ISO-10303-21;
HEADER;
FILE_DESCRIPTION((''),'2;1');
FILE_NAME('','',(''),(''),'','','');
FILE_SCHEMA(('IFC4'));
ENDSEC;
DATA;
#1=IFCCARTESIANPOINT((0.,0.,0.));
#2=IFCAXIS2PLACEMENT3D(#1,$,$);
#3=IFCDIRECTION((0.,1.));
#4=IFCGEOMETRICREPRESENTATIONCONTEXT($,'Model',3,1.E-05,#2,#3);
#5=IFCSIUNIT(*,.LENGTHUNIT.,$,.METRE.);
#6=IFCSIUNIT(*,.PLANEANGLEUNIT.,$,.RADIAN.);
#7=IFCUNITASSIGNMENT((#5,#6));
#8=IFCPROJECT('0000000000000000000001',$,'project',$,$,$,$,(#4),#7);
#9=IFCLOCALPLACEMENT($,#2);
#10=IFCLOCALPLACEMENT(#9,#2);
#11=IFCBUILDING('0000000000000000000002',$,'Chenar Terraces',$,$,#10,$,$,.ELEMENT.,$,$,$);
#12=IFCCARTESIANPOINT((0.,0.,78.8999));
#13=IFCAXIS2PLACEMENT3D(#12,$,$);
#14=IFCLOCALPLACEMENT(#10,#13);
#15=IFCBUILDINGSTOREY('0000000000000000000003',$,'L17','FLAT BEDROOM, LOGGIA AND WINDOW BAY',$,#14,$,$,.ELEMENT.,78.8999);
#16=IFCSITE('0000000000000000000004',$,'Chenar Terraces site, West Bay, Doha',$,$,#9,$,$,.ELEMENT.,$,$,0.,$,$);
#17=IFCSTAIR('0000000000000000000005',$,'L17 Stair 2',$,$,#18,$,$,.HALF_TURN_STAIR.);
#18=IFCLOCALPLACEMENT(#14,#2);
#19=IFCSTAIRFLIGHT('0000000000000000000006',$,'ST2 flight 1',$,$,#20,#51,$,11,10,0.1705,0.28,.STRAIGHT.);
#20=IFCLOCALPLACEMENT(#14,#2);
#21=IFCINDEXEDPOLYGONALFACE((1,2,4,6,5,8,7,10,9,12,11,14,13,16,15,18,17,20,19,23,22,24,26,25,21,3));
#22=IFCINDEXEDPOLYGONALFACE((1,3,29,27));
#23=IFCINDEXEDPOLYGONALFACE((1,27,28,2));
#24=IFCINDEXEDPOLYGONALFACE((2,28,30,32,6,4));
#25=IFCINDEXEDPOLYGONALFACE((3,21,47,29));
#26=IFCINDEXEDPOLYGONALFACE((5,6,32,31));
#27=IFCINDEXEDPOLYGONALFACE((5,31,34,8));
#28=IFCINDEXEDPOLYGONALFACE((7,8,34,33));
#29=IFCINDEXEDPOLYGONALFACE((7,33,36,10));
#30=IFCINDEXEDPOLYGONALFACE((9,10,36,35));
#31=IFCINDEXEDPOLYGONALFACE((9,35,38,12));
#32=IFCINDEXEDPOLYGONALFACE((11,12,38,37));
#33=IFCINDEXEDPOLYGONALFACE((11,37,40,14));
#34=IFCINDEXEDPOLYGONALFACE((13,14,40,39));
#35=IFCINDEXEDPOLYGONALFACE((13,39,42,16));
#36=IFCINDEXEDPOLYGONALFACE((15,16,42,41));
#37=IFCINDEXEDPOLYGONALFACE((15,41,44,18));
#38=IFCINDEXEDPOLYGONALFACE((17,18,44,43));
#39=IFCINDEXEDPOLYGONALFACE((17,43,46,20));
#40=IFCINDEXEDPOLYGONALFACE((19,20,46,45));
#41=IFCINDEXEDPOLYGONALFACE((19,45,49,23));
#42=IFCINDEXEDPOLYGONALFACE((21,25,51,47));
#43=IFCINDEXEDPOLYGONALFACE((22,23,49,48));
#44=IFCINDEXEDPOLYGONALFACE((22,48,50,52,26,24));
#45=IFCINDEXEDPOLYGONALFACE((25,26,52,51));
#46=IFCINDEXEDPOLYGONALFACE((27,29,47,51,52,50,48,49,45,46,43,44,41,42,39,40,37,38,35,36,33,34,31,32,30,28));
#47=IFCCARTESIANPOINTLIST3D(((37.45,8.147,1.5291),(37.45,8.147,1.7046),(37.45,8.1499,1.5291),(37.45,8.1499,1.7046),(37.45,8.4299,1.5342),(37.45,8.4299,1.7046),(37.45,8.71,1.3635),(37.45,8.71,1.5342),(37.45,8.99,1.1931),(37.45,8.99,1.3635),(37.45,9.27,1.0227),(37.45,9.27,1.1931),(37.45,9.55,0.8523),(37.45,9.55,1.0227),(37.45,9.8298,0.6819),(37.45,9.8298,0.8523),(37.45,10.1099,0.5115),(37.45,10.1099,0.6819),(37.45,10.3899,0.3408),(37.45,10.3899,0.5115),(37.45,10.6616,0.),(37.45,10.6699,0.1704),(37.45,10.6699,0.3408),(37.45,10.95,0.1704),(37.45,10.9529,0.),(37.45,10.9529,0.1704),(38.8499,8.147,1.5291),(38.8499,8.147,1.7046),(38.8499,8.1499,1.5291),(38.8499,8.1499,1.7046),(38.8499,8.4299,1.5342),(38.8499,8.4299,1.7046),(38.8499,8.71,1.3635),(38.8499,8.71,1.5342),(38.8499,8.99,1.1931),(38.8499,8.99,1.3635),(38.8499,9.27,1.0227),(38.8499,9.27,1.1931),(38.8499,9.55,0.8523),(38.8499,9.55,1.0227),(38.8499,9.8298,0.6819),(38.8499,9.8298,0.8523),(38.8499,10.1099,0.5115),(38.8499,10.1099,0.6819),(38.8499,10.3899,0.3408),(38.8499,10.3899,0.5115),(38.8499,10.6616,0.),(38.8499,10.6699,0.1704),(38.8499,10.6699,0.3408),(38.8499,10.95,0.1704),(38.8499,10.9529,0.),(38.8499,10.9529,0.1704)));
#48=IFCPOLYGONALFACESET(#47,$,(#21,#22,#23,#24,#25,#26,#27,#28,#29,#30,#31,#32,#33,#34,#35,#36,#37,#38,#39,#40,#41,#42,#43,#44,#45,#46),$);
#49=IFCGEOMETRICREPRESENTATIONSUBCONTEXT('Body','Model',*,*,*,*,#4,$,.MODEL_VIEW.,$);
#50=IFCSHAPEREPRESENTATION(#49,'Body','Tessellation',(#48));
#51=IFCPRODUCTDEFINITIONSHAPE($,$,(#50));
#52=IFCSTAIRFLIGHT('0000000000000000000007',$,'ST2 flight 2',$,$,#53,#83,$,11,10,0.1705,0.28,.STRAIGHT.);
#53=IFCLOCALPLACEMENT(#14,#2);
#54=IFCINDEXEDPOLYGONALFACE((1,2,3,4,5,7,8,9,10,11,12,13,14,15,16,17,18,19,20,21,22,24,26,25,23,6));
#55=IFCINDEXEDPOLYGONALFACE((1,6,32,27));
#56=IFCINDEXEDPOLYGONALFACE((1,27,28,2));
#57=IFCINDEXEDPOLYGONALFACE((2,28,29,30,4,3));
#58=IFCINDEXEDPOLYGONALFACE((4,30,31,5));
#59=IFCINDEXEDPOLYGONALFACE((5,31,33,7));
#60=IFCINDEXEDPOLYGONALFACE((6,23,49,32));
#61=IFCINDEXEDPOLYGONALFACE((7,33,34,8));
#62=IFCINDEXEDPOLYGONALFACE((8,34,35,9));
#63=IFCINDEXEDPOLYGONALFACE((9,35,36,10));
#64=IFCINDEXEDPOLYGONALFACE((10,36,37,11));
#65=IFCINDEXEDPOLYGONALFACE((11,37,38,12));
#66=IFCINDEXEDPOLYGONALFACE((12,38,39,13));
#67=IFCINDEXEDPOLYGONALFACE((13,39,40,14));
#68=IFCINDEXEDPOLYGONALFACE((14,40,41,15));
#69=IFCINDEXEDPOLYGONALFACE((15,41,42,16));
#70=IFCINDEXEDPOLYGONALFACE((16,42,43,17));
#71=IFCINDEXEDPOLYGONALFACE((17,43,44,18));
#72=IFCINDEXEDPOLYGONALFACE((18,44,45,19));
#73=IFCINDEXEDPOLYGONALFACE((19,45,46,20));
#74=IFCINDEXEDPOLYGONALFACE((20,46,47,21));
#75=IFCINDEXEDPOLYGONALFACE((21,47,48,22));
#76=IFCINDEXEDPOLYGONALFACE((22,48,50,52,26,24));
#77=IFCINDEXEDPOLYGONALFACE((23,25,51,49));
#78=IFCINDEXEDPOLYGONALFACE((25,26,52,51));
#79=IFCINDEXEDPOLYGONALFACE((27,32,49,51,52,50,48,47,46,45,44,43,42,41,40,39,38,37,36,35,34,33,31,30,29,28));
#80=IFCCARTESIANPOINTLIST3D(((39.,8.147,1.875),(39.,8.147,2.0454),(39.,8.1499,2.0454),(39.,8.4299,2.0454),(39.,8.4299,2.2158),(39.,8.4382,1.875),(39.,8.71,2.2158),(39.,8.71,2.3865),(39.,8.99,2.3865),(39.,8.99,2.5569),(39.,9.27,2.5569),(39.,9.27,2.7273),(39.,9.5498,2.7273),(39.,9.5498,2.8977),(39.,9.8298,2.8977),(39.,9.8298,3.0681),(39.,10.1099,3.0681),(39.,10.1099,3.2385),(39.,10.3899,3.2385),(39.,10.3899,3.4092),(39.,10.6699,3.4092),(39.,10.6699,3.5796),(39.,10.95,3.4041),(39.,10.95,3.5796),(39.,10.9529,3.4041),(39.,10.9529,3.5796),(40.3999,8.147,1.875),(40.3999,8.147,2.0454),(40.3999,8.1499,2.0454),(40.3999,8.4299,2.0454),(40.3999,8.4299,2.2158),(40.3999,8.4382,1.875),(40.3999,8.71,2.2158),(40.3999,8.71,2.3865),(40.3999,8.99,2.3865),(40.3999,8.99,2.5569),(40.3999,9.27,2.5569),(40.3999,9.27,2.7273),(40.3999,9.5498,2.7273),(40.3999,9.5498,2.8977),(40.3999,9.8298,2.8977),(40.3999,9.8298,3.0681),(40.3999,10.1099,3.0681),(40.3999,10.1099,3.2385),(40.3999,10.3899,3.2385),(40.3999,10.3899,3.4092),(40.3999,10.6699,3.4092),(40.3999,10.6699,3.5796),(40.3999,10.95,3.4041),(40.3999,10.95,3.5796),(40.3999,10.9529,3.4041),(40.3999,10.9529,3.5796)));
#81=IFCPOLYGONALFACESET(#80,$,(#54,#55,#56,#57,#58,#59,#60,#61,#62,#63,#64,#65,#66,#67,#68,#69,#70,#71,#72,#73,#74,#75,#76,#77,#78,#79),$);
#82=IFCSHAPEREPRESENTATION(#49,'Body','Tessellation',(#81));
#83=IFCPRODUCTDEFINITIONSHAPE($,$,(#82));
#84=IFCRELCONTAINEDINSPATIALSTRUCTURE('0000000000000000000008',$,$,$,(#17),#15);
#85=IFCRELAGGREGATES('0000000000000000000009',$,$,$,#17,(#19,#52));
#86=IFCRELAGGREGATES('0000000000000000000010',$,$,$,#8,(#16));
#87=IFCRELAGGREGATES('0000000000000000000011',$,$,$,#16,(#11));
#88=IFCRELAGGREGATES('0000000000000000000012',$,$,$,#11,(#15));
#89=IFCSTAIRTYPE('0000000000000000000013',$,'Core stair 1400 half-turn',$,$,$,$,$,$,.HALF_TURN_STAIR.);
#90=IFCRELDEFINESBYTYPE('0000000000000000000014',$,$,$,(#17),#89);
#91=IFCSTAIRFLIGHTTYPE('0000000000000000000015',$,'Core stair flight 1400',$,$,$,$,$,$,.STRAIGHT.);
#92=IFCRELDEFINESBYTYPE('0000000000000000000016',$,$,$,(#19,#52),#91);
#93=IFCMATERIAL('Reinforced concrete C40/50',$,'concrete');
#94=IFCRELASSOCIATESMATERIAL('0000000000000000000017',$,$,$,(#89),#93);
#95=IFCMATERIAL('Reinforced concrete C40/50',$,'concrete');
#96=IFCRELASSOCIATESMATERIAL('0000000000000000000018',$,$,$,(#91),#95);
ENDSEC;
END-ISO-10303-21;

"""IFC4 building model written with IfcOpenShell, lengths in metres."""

from ifc_helpers import new_model, si_unit, direction, frame, origin, place, context, subcontext, project, spatial, polyline, outline, extrude, material, type_object, element, aggregate, save


model = new_model("IFC4")

# Units and contexts
model_context = context("Model", 3, precision=1e-05, world=origin(), true_north=direction((0.0, 1.0)))
body_context = subcontext(model_context, "Body", "Model", "MODEL_VIEW")
ifc_project = project(units=[si_unit("LENGTHUNIT", "METRE"), si_unit("PLANEANGLEUNIT", "RADIAN")], contexts=[model_context])

# Site, building, storey
site_placement = place(None, origin())
site = spatial("IfcSite", under=ifc_project, at=site_placement, Name="Chenar Terraces site, West Bay, Doha", CompositionType="ELEMENT", RefElevation=0.0)
building_placement = place(site_placement, origin())
building = spatial("IfcBuilding", under=site, at=building_placement, Name="Chenar Terraces", CompositionType="ELEMENT")
storey_placement = place(building_placement, frame((0.0, 0.0, 78.8999)))
storey = spatial("IfcBuildingStorey", under=building, at=storey_placement, Name="L17", Description="FLAT BEDROOM, LOGGIA AND WINDOW BAY", CompositionType="ELEMENT", Elevation=78.8999)

# Stair, stair flights
ifc_material_1 = material(Name="Reinforced concrete C40/50", Category="concrete")
stair_type = type_object("IfcStairType", Name="Core stair 1400 half-turn", PredefinedType="HALF_TURN_STAIR", material=ifc_material_1)
stair_placement = place(storey_placement, origin())
stair = element("IfcStair", 1, at=stair_placement, inside=storey, type_object=stair_type, Name="L17 Stair 2", PredefinedType="HALF_TURN_STAIR")
ifc_material_2 = material(Name="Reinforced concrete C40/50", Category="concrete")
stair_flight_type = type_object("IfcStairFlightType", Name="Core stair flight 1400", PredefinedType="STRAIGHT", material=ifc_material_2)
stair_flight_1_placement = place(storey_placement, frame((38.1499, 10.95, 0.0), z_axis=(0.0, 0.0, 1.0), x_axis=(0.0, -1.0, 0.0)))
stair_flight_1 = element("IfcStairFlight", 2, at=stair_flight_1_placement, type_object=stair_flight_type, Name="ST2 flight 1", NumberOfRisers=11, NumberOfTreads=10, PredefinedType="STRAIGHT", RiserHeight=0.1705, TreadLength=0.28, context=body_context, shape_type="SweptSolid", body=[
    extrude(outline(polyline([(-0.0029, 0.0), (-0.0029, 0.1704), (0.0, 0.1704), (0.28, 0.1704), (0.28, 0.3408), (0.5601, 0.3408), (0.5601, 0.5115), (0.8401, 0.5115), (0.8401, 0.6819), (1.1201, 0.6819), (1.1201, 0.8523), (1.3999, 0.8523), (1.3999, 1.0227), (1.6799, 1.0227), (1.6799, 1.1931), (1.96, 1.1931), (1.96, 1.3635), (2.24, 1.3635), (2.24, 1.5342), (2.52, 1.5342), (2.52, 1.7046), (2.8, 1.7046), (2.803, 1.7046), (2.803, 1.5291), (2.8, 1.5291), (0.2883, 0.0), (-0.0029, 0.0)])), frame((0.0, 0.7, 0.0), z_axis=(0.0, -1.0, 0.0), x_axis=(1.0, 0.0, 0.0)), (0.0, 0.0, 1.0), 1.3999),
])
stair_flight_2_placement = place(storey_placement, frame((39.7, 8.1499, 1.875), z_axis=(0.0, 0.0, 1.0), x_axis=(0.0, 1.0, 0.0)))
stair_flight_2 = element("IfcStairFlight", 3, at=stair_flight_2_placement, type_object=stair_flight_type, Name="ST2 flight 2", NumberOfRisers=11, NumberOfTreads=10, PredefinedType="STRAIGHT", RiserHeight=0.1705, TreadLength=0.28, context=body_context, shape_type="SweptSolid", body=[
    extrude(outline(polyline([(-0.0029, 0.0), (-0.0029, 0.1704), (0.0, 0.1704), (0.28, 0.1704), (0.28, 0.3408), (0.5601, 0.3408), (0.5601, 0.5115), (0.8401, 0.5115), (0.8401, 0.6819), (1.1201, 0.6819), (1.1201, 0.8523), (1.3999, 0.8523), (1.3999, 1.0227), (1.6799, 1.0227), (1.6799, 1.1931), (1.96, 1.1931), (1.96, 1.3635), (2.24, 1.3635), (2.24, 1.5342), (2.52, 1.5342), (2.52, 1.7046), (2.8, 1.7046), (2.803, 1.7046), (2.803, 1.5291), (2.8, 1.5291), (0.2883, 0.0), (-0.0029, 0.0)])), frame((0.0, 0.7, 0.0), z_axis=(0.0, -1.0, 0.0), x_axis=(1.0, 0.0, 0.0)), (0.0, 0.0, 1.0), 1.3999),
])
aggregate(stair, [stair_flight_1, stair_flight_2])

save(model, "model.ifc")
